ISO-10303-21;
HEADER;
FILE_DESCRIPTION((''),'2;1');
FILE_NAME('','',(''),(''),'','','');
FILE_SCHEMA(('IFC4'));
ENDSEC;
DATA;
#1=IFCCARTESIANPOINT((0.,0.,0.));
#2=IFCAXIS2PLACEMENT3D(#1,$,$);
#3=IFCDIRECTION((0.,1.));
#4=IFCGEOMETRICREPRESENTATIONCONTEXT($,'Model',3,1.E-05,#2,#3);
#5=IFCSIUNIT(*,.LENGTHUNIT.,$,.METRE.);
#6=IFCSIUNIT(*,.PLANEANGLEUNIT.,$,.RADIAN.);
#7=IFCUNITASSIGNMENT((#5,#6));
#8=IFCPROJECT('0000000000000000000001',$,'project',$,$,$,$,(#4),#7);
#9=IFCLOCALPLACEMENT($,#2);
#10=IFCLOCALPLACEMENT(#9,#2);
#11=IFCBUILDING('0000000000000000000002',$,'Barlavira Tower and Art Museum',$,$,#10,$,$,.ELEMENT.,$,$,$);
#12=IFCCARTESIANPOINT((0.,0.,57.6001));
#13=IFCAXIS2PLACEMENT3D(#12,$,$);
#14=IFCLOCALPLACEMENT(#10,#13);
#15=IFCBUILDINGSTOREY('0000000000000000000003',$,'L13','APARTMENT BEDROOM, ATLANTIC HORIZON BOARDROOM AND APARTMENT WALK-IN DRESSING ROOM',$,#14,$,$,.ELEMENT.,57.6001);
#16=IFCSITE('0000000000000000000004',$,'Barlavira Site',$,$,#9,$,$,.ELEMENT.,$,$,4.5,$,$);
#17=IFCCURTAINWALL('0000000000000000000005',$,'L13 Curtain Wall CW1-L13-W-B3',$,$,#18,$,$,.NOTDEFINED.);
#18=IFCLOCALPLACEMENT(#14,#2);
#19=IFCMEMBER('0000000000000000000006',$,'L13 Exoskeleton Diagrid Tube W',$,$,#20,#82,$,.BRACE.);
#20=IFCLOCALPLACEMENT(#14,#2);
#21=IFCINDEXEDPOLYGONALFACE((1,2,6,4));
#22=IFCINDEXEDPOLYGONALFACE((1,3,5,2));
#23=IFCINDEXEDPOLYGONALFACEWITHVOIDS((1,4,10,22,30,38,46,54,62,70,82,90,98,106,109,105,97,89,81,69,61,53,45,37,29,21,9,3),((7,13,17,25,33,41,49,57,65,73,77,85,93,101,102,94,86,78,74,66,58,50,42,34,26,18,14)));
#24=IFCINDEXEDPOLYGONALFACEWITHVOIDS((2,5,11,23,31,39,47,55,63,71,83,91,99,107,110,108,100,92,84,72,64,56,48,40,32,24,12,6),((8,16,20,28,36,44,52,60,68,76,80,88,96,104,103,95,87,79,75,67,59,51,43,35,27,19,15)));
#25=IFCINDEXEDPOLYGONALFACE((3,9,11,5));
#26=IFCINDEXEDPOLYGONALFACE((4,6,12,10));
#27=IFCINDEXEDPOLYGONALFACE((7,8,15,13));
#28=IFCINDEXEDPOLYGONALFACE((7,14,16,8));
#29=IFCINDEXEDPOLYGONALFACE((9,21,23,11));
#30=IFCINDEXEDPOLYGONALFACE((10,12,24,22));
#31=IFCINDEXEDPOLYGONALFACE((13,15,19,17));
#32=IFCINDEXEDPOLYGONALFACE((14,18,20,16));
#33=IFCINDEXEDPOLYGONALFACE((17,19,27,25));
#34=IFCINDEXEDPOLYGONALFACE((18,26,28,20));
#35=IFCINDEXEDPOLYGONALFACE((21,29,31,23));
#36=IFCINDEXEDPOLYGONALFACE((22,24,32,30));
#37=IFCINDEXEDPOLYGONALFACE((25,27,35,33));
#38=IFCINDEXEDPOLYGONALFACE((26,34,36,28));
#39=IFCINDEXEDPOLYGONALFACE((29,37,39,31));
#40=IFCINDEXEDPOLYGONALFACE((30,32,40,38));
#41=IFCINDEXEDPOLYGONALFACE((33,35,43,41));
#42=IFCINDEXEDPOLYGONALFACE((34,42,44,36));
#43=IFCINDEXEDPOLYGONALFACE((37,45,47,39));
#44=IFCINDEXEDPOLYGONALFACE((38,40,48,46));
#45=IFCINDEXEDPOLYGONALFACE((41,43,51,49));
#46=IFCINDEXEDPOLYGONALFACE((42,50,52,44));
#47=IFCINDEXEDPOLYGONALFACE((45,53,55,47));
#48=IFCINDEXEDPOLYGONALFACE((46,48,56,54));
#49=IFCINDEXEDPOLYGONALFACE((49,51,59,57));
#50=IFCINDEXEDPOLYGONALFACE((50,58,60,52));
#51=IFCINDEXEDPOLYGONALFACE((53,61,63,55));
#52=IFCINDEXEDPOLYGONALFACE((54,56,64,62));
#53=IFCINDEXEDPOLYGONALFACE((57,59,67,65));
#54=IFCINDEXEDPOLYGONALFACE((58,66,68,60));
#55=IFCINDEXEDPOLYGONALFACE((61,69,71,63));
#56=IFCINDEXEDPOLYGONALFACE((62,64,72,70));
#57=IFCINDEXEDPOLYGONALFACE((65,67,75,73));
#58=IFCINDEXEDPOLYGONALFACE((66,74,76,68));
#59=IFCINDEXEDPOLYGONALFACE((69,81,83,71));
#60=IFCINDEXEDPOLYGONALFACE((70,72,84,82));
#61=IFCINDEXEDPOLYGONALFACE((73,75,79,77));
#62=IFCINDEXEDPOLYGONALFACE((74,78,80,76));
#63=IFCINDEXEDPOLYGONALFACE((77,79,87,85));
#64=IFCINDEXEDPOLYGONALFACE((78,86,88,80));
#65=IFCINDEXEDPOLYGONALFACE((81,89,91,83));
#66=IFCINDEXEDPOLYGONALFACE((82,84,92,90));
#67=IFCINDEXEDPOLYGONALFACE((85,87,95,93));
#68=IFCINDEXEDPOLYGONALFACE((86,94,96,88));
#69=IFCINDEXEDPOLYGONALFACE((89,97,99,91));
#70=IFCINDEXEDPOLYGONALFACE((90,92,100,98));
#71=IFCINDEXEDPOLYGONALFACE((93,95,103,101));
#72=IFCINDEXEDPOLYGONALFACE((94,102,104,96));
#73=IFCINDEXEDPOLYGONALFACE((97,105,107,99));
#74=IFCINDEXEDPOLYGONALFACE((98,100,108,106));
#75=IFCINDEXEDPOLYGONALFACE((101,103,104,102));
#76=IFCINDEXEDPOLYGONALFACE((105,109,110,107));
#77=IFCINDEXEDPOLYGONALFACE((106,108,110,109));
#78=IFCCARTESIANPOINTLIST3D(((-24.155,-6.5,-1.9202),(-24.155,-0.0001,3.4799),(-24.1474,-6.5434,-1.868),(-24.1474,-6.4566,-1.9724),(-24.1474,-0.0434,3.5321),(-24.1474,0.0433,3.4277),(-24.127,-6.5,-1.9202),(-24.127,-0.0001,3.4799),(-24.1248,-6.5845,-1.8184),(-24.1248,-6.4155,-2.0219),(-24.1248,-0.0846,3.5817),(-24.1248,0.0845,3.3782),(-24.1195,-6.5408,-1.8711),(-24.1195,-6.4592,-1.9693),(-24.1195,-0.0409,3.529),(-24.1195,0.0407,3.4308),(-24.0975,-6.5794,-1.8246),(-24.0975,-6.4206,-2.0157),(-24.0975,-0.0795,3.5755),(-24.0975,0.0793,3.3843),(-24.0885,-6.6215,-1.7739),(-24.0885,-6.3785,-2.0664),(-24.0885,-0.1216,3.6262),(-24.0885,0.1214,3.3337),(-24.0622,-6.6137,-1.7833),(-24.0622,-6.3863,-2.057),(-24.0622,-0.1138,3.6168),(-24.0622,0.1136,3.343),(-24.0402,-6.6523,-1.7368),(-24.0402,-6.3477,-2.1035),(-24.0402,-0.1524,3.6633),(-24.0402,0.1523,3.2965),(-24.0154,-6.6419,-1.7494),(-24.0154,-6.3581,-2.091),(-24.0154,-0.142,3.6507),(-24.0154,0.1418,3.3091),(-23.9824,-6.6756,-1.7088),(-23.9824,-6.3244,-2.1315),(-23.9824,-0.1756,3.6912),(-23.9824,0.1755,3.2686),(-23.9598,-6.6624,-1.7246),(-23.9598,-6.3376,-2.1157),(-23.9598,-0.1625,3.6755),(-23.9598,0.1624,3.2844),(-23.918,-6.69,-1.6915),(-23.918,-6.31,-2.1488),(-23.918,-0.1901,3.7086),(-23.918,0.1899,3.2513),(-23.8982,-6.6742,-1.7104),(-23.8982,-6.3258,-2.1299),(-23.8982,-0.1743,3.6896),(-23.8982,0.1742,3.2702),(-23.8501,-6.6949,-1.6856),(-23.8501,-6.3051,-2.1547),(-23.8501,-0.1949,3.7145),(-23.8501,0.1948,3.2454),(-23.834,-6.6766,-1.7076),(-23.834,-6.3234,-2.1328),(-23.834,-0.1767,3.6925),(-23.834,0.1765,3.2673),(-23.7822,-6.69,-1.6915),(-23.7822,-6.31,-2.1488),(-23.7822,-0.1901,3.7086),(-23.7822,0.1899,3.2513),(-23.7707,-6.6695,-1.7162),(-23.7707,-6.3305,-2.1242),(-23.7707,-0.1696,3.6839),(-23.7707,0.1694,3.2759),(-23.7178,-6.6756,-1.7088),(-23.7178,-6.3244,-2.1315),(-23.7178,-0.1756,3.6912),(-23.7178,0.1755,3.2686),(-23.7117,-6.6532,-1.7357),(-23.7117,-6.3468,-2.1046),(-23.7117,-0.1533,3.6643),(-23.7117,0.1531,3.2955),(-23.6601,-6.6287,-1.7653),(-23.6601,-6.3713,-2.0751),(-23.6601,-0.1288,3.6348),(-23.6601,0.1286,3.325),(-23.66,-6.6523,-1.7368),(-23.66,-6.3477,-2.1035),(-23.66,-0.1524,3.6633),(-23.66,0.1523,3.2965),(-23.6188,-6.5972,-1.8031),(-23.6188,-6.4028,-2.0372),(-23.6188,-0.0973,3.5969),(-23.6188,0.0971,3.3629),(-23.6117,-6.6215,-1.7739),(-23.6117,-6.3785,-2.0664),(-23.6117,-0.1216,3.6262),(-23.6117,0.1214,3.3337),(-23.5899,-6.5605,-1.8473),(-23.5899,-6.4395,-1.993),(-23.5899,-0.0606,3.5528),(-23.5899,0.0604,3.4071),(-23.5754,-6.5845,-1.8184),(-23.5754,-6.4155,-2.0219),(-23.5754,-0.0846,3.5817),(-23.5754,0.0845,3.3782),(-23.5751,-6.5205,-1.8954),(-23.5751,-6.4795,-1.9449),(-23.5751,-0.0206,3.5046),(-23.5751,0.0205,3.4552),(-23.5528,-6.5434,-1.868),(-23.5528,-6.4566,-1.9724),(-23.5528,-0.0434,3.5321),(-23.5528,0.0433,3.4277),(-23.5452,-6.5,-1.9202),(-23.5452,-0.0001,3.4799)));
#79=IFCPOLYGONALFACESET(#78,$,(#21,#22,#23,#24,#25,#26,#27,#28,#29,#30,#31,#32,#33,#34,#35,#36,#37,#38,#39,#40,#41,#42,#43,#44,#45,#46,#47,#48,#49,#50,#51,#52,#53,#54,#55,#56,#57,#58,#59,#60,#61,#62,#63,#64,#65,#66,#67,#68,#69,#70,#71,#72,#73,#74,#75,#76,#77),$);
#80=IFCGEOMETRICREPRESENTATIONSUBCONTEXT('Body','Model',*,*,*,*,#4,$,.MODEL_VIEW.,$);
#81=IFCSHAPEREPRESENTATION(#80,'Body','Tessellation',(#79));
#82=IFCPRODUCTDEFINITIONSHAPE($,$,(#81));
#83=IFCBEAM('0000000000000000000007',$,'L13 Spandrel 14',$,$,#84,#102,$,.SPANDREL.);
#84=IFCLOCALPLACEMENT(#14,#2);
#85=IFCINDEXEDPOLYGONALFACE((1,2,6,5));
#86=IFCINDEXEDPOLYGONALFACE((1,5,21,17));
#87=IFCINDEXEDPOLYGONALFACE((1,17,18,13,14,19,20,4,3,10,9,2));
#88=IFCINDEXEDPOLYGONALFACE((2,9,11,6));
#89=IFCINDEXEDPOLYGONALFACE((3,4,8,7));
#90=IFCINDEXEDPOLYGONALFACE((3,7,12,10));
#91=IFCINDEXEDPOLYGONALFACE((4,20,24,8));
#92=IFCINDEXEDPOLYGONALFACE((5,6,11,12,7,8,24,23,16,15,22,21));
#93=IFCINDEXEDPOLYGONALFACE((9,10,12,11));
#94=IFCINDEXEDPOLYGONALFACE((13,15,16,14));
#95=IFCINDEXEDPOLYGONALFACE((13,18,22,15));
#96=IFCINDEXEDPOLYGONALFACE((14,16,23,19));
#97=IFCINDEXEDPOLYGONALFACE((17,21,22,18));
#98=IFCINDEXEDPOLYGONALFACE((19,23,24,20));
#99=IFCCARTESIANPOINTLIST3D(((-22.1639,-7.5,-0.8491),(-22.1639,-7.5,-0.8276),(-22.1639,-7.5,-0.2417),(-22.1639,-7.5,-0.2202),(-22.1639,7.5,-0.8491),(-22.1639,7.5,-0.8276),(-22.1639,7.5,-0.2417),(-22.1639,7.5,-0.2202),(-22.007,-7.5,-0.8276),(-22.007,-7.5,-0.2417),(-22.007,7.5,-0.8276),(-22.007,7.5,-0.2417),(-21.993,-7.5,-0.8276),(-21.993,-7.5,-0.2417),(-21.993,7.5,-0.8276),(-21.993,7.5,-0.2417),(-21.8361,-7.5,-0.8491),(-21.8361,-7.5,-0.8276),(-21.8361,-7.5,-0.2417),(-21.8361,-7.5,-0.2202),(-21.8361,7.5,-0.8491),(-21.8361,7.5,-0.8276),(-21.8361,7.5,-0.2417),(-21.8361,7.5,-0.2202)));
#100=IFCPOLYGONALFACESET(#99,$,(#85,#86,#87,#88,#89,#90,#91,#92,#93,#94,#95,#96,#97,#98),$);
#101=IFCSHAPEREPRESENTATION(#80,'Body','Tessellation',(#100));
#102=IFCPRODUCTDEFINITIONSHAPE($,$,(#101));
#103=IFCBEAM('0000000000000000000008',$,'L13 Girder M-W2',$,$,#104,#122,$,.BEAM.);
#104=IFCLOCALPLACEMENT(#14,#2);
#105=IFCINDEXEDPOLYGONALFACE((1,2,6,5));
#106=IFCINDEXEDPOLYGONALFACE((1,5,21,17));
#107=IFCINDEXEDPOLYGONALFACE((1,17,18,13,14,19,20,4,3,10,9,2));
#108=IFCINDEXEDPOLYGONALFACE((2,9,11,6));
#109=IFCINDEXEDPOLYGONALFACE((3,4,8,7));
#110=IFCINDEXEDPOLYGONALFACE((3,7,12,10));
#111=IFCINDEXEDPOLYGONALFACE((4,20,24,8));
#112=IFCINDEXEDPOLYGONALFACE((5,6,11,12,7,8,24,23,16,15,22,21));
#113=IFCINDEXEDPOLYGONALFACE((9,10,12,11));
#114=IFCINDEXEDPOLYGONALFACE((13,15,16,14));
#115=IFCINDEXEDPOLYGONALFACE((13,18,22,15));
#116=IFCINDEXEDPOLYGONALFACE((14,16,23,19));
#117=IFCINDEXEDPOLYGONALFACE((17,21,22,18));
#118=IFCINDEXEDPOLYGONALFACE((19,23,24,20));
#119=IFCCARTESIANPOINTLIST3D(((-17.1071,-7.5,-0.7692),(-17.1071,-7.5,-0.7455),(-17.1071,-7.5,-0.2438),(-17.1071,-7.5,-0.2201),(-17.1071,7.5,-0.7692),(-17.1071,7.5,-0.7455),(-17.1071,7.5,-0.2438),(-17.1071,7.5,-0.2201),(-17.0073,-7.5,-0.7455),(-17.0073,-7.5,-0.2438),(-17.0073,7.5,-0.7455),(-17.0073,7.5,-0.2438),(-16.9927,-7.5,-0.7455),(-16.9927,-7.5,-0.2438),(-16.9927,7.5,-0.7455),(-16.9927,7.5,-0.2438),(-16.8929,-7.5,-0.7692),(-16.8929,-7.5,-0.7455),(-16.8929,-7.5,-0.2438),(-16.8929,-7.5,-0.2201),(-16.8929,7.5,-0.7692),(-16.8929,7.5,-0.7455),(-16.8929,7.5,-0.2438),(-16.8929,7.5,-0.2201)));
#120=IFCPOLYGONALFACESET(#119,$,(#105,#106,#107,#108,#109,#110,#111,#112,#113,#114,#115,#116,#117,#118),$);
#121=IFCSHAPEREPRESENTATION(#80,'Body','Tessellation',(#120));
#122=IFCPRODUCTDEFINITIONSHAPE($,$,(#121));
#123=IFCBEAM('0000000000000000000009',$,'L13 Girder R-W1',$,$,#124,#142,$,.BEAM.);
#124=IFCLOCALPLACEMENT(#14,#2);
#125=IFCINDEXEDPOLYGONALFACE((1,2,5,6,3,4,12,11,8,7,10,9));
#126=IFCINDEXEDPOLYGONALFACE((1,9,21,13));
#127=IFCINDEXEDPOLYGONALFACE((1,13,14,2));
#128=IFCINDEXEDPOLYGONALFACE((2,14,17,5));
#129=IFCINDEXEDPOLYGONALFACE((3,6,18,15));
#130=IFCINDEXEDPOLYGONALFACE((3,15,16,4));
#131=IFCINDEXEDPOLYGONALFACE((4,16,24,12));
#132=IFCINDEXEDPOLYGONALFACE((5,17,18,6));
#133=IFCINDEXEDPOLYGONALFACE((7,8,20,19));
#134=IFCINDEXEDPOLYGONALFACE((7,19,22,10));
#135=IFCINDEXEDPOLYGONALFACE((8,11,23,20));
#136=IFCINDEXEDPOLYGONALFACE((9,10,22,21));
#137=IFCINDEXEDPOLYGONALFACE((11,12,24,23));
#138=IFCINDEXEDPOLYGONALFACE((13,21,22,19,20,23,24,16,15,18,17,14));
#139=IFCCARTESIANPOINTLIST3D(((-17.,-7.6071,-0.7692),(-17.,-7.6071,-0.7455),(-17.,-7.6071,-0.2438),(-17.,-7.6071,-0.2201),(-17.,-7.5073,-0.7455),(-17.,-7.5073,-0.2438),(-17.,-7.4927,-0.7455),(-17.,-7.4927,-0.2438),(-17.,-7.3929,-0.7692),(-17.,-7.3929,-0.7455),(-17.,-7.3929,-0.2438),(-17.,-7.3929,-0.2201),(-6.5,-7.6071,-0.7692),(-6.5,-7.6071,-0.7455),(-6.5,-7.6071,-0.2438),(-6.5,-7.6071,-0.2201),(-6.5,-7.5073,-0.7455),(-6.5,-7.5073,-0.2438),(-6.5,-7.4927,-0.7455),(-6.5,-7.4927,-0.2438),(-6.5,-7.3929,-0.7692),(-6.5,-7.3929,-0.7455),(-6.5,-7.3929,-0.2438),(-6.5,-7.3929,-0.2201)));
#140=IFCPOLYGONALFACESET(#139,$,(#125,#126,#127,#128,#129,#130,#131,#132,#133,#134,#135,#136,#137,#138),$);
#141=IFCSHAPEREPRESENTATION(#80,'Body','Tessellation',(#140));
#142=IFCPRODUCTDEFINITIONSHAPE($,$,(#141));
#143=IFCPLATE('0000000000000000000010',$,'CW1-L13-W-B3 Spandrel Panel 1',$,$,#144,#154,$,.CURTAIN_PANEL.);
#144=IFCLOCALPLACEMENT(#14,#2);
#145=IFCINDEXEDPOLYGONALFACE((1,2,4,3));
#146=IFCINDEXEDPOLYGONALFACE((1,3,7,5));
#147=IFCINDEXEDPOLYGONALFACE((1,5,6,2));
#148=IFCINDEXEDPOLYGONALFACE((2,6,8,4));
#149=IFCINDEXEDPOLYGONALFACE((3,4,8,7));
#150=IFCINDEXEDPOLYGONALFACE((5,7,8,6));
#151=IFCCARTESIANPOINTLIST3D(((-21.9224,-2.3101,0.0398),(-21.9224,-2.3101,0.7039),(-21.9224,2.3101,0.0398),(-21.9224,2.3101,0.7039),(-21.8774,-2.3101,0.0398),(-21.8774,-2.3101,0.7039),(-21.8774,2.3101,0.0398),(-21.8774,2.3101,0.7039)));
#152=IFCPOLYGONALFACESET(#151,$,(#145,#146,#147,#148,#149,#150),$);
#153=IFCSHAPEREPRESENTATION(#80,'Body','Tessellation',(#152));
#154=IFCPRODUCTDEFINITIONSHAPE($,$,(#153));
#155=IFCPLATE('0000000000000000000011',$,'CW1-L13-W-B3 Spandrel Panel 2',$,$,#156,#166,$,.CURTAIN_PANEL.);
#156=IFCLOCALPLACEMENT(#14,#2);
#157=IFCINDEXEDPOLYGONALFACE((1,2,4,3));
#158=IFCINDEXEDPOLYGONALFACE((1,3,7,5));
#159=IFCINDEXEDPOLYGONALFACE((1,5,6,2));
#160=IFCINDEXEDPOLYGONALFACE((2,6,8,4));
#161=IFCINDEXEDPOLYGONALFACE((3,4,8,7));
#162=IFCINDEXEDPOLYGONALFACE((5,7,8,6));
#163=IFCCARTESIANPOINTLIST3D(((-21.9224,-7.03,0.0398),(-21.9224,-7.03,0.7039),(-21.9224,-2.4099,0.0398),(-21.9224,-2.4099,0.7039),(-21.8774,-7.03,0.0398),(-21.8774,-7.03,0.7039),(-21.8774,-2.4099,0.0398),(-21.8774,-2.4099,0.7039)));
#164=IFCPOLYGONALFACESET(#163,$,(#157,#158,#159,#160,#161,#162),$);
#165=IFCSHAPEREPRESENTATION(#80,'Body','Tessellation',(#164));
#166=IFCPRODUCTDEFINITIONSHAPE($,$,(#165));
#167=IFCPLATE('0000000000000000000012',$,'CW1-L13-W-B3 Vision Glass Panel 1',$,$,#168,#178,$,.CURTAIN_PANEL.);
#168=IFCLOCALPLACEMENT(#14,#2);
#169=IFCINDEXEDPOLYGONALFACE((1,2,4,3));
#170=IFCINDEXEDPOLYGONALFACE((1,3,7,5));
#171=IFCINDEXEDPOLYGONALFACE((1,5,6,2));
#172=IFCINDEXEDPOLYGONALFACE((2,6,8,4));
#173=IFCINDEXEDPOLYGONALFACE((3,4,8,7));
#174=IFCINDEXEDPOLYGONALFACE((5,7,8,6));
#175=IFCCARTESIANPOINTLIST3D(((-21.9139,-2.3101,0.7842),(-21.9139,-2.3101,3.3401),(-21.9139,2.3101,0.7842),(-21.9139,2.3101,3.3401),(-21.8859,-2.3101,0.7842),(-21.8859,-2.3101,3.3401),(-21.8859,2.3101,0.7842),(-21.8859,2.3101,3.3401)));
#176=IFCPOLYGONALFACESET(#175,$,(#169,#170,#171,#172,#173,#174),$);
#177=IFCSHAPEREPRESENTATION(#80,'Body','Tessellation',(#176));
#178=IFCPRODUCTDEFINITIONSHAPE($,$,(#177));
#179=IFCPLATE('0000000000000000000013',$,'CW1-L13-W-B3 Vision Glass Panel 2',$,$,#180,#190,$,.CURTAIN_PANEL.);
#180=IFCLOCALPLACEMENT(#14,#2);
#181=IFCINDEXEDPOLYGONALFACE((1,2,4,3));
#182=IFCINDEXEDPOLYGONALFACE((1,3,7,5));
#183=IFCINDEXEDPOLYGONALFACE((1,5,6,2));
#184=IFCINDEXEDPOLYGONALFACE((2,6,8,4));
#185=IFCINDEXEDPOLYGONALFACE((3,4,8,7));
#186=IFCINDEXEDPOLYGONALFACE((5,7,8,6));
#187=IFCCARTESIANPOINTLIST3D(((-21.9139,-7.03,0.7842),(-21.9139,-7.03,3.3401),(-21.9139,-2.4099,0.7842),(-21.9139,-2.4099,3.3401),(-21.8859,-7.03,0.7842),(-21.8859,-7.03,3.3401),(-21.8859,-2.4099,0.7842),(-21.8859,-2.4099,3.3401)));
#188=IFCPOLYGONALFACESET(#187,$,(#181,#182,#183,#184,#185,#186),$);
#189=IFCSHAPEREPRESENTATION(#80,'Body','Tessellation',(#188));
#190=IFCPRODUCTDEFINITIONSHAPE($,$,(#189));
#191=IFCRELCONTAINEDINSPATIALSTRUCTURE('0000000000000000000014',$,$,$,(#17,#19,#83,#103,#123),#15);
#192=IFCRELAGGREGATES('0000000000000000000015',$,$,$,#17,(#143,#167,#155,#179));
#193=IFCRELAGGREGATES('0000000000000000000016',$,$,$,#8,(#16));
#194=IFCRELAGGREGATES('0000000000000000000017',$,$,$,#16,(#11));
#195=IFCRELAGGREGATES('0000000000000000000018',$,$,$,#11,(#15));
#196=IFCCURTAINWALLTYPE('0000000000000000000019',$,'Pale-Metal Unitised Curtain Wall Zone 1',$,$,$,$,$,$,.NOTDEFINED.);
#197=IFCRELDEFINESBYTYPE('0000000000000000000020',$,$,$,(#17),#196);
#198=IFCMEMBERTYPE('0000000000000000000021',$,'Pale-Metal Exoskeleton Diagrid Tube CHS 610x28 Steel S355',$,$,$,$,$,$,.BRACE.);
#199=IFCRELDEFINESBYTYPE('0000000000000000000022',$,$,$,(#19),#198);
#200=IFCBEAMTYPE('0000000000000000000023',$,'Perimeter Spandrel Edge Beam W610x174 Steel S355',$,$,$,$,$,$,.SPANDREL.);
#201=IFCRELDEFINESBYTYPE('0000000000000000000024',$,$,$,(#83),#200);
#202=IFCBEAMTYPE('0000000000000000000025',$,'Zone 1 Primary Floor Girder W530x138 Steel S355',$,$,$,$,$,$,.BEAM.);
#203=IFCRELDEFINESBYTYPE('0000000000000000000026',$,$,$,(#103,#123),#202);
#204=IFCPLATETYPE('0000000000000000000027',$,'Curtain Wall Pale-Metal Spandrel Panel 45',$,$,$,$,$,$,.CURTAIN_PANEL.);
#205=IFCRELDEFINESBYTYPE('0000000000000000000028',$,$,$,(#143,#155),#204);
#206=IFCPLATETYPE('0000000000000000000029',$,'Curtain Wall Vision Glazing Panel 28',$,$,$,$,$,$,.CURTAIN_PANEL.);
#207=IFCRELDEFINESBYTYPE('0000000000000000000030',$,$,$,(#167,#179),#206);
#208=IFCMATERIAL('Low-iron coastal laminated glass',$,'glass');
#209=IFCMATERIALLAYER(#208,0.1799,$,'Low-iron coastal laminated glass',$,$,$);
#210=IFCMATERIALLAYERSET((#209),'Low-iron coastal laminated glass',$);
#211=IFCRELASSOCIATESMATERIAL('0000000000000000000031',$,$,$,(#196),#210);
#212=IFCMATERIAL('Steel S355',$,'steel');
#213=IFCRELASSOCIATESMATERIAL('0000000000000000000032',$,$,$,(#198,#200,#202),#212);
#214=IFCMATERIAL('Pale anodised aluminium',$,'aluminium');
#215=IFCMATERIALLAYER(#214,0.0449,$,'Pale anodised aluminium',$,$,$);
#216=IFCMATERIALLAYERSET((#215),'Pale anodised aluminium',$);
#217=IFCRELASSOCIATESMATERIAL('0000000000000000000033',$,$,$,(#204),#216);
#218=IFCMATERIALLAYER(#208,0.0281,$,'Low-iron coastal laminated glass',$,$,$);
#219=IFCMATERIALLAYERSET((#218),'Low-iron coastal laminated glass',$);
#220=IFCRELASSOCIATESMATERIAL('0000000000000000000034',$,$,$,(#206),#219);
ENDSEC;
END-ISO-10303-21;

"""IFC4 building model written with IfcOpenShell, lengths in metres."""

from ifc_helpers import new_model, si_unit, direction, frame, origin, origin_2d, place, context, subcontext, project, spatial, rectangle, hollow_circle, i_section, extrude, material, layer, layer_set, material_profile, profile_set, type_object, element, aggregate, save


model = new_model("IFC4")

# Units and contexts
model_context = context("Model", 3, precision=1e-05, world=origin(), true_north=direction((0.0, 1.0)))
body_context = subcontext(model_context, "Body", "Model", "MODEL_VIEW")
ifc_project = project(units=[si_unit("LENGTHUNIT", "METRE"), si_unit("PLANEANGLEUNIT", "RADIAN")], contexts=[model_context])

# Site, building, storey
site_placement = place(None, origin())
site = spatial("IfcSite", under=ifc_project, at=site_placement, Name="Barlavira Site", CompositionType="ELEMENT", RefElevation=4.5)
building_placement = place(site_placement, origin())
building = spatial("IfcBuilding", under=site, at=building_placement, Name="Barlavira Tower and Art Museum", CompositionType="ELEMENT")
storey_placement = place(building_placement, frame((0.0, 0.0, 57.6001)))
storey = spatial("IfcBuildingStorey", under=building, at=storey_placement, Name="L13", Description="APARTMENT BEDROOM, ATLANTIC HORIZON BOARDROOM AND APARTMENT WALK-IN DRESSING ROOM", CompositionType="ELEMENT", Elevation=57.6001)

# Curtain wall
ifc_material_1 = material(Name="Low-iron coastal laminated glass", Category="glass")
ifc_layer_1 = layer(ifc_material_1, 0.1799, Name="Low-iron coastal laminated glass")
ifc_layer_set_1 = layer_set([ifc_layer_1], Name="Low-iron coastal laminated glass")
curtain_wall_type = type_object("IfcCurtainWallType", Name="Pale-Metal Unitised Curtain Wall Zone 1", PredefinedType="NOTDEFINED", material=ifc_layer_set_1)
curtain_wall_placement = place(storey_placement, origin())
curtain_wall = element("IfcCurtainWall", 1, at=curtain_wall_placement, inside=storey, type_object=curtain_wall_type, Name="L13 Curtain Wall CW1-L13-W-B3", PredefinedType="NOTDEFINED")
ifc_material_2 = material(Name="Pale anodised aluminium", Category="aluminium")

# Member
ifc_material_3 = material(Name="Steel S355", Category="steel")
ifc_material_profile_1 = material_profile(ifc_material_3, hollow_circle(Radius=0.3049, WallThickness=0.0281, at=origin_2d()), Name="CHS 610.0x28.0")
ifc_profile_set_1 = profile_set([ifc_material_profile_1], Name="Steel S355")
member_type_1 = type_object("IfcMemberType", Name="Pale-Metal Exoskeleton Diagrid Tube CHS 610x28 Steel S355", PredefinedType="BRACE", material=ifc_profile_set_1)
for number, where, z_axis, x_axis, name in (
    (2, (-23.8501, -6.5, -1.9202), (0.0, 0.769182, 0.63903), (-1.0, 0.0, 0.0), "L13 Exoskeleton Diagrid Tube W"),
):
    element("IfcMember", number, at=place(storey_placement, frame(where, z_axis=z_axis, x_axis=x_axis)), inside=storey, type_object=member_type_1, Name=name, PredefinedType="BRACE", context=body_context, shape_type="SweptSolid", body=[
        extrude(hollow_circle(Radius=0.3049, WallThickness=0.0281, at=origin_2d()), origin(), (0.0, 0.0, 1.0), 8.4504),
    ])

# Beams
ifc_material_profile_2 = material_profile(ifc_material_3, i_section(OverallWidth=0.3279, OverallDepth=0.6289, WebThickness=0.0139, FlangeThickness=0.0215, at=origin_2d()), Name="W610x174.0")
ifc_profile_set_2 = profile_set([ifc_material_profile_2], Name="Steel S355")
beam_type_1 = type_object("IfcBeamType", Name="Perimeter Spandrel Edge Beam W610x174 Steel S355", PredefinedType="SPANDREL", material=ifc_profile_set_2)
beam_1_placement = place(storey_placement, frame((-22.0, -7.5, -0.5347), z_axis=(0.0, 1.0, 0.0), x_axis=(-1.0, 0.0, 0.0)))
element("IfcBeam", 3, at=beam_1_placement, inside=storey, type_object=beam_type_1, Name="L13 Spandrel 14", PredefinedType="SPANDREL", context=body_context, shape_type="SweptSolid", body=[
    extrude(i_section(OverallWidth=0.3279, OverallDepth=0.6289, WebThickness=0.0139, FlangeThickness=0.0215, at=origin_2d()), origin(), (0.0, 0.0, 1.0), 15.0),
])
ifc_material_profile_3 = material_profile(ifc_material_3, i_section(OverallWidth=0.2141, OverallDepth=0.5491, WebThickness=0.0146, FlangeThickness=0.0237, at=origin_2d()), Name="W530x138.0")
ifc_profile_set_3 = profile_set([ifc_material_profile_3], Name="Steel S355")
beam_type_2 = type_object("IfcBeamType", Name="Zone 1 Primary Floor Girder W530x138 Steel S355", PredefinedType="BEAM", material=ifc_profile_set_3)
beam_2_placement = place(storey_placement, frame((-17.0, -7.5, -0.4946), z_axis=(0.0, 1.0, 0.0), x_axis=(-1.0, 0.0, 0.0)))
element("IfcBeam", 4, at=beam_2_placement, inside=storey, type_object=beam_type_2, Name="L13 Girder M-W2", PredefinedType="BEAM", context=body_context, shape_type="SweptSolid", body=[
    extrude(i_section(OverallWidth=0.2141, OverallDepth=0.5491, WebThickness=0.0146, FlangeThickness=0.0237, at=origin_2d()), origin(), (0.0, 0.0, 1.0), 15.0),
])
beam_3_placement = place(storey_placement, frame((-17.0, -7.5, -0.4946), z_axis=(1.0, 0.0, 0.0), x_axis=(0.0, 1.0, 0.0)))
element("IfcBeam", 5, at=beam_3_placement, inside=storey, type_object=beam_type_2, Name="L13 Girder R-W1", PredefinedType="BEAM", context=body_context, shape_type="SweptSolid", body=[
    extrude(i_section(OverallWidth=0.2141, OverallDepth=0.5491, WebThickness=0.0146, FlangeThickness=0.0237, at=origin_2d()), origin(), (0.0, 0.0, 1.0), 10.5),
])

# Plates
ifc_layer_2 = layer(ifc_material_2, 0.0449, Name="Pale anodised aluminium")
ifc_layer_set_2 = layer_set([ifc_layer_2], Name="Pale anodised aluminium")
plate_type_1 = type_object("IfcPlateType", Name="Curtain Wall Pale-Metal Spandrel Panel 45", PredefinedType="CURTAIN_PANEL", material=ifc_layer_set_2)
plate_1_placement = place(storey_placement, frame((-21.8999, 0.0, 0.0398), z_axis=(0.0, 0.0, 1.0), x_axis=(0.0, -1.0, 0.0)))
plate_1 = element("IfcPlate", 6, at=plate_1_placement, type_object=plate_type_1, Name="CW1-L13-W-B3 Spandrel Panel 1", PredefinedType="CURTAIN_PANEL", context=body_context, shape_type="SweptSolid", body=[
    extrude(rectangle(XDim=4.6201, YDim=0.0449, at=origin_2d()), origin(), (0.0, 0.0, 1.0), 0.6641),
])
plate_2_placement = place(storey_placement, frame((-21.8999, -4.72, 0.0398), z_axis=(0.0, 0.0, 1.0), x_axis=(0.0, -1.0, 0.0)))
plate_2 = element("IfcPlate", 7, at=plate_2_placement, type_object=plate_type_1, Name="CW1-L13-W-B3 Spandrel Panel 2", PredefinedType="CURTAIN_PANEL", context=body_context, shape_type="SweptSolid", body=[
    extrude(rectangle(XDim=4.6201, YDim=0.0449, at=origin_2d()), origin(), (0.0, 0.0, 1.0), 0.6641),
])
ifc_layer_3 = layer(ifc_material_1, 0.0281, Name="Low-iron coastal laminated glass")
ifc_layer_set_3 = layer_set([ifc_layer_3], Name="Low-iron coastal laminated glass")
plate_type_2 = type_object("IfcPlateType", Name="Curtain Wall Vision Glazing Panel 28", PredefinedType="CURTAIN_PANEL", material=ifc_layer_set_3)
plate_3_placement = place(storey_placement, frame((-21.8999, 0.0, 0.7842), z_axis=(0.0, 0.0, 1.0), x_axis=(0.0, -1.0, 0.0)))
plate_3 = element("IfcPlate", 8, at=plate_3_placement, type_object=plate_type_2, Name="CW1-L13-W-B3 Vision Glass Panel 1", PredefinedType="CURTAIN_PANEL", context=body_context, shape_type="SweptSolid", body=[
    extrude(rectangle(XDim=4.6201, YDim=0.0281, at=origin_2d()), origin(), (0.0, 0.0, 1.0), 2.5559),
])
plate_4_placement = place(storey_placement, frame((-21.8999, -4.72, 0.7842), z_axis=(0.0, 0.0, 1.0), x_axis=(0.0, -1.0, 0.0)))
plate_4 = element("IfcPlate", 9, at=plate_4_placement, type_object=plate_type_2, Name="CW1-L13-W-B3 Vision Glass Panel 2", PredefinedType="CURTAIN_PANEL", context=body_context, shape_type="SweptSolid", body=[
    extrude(rectangle(XDim=4.6201, YDim=0.0281, at=origin_2d()), origin(), (0.0, 0.0, 1.0), 2.5559),
])
aggregate(curtain_wall, [plate_1, plate_3, plate_2, plate_4])

save(model, "model.ifc")
